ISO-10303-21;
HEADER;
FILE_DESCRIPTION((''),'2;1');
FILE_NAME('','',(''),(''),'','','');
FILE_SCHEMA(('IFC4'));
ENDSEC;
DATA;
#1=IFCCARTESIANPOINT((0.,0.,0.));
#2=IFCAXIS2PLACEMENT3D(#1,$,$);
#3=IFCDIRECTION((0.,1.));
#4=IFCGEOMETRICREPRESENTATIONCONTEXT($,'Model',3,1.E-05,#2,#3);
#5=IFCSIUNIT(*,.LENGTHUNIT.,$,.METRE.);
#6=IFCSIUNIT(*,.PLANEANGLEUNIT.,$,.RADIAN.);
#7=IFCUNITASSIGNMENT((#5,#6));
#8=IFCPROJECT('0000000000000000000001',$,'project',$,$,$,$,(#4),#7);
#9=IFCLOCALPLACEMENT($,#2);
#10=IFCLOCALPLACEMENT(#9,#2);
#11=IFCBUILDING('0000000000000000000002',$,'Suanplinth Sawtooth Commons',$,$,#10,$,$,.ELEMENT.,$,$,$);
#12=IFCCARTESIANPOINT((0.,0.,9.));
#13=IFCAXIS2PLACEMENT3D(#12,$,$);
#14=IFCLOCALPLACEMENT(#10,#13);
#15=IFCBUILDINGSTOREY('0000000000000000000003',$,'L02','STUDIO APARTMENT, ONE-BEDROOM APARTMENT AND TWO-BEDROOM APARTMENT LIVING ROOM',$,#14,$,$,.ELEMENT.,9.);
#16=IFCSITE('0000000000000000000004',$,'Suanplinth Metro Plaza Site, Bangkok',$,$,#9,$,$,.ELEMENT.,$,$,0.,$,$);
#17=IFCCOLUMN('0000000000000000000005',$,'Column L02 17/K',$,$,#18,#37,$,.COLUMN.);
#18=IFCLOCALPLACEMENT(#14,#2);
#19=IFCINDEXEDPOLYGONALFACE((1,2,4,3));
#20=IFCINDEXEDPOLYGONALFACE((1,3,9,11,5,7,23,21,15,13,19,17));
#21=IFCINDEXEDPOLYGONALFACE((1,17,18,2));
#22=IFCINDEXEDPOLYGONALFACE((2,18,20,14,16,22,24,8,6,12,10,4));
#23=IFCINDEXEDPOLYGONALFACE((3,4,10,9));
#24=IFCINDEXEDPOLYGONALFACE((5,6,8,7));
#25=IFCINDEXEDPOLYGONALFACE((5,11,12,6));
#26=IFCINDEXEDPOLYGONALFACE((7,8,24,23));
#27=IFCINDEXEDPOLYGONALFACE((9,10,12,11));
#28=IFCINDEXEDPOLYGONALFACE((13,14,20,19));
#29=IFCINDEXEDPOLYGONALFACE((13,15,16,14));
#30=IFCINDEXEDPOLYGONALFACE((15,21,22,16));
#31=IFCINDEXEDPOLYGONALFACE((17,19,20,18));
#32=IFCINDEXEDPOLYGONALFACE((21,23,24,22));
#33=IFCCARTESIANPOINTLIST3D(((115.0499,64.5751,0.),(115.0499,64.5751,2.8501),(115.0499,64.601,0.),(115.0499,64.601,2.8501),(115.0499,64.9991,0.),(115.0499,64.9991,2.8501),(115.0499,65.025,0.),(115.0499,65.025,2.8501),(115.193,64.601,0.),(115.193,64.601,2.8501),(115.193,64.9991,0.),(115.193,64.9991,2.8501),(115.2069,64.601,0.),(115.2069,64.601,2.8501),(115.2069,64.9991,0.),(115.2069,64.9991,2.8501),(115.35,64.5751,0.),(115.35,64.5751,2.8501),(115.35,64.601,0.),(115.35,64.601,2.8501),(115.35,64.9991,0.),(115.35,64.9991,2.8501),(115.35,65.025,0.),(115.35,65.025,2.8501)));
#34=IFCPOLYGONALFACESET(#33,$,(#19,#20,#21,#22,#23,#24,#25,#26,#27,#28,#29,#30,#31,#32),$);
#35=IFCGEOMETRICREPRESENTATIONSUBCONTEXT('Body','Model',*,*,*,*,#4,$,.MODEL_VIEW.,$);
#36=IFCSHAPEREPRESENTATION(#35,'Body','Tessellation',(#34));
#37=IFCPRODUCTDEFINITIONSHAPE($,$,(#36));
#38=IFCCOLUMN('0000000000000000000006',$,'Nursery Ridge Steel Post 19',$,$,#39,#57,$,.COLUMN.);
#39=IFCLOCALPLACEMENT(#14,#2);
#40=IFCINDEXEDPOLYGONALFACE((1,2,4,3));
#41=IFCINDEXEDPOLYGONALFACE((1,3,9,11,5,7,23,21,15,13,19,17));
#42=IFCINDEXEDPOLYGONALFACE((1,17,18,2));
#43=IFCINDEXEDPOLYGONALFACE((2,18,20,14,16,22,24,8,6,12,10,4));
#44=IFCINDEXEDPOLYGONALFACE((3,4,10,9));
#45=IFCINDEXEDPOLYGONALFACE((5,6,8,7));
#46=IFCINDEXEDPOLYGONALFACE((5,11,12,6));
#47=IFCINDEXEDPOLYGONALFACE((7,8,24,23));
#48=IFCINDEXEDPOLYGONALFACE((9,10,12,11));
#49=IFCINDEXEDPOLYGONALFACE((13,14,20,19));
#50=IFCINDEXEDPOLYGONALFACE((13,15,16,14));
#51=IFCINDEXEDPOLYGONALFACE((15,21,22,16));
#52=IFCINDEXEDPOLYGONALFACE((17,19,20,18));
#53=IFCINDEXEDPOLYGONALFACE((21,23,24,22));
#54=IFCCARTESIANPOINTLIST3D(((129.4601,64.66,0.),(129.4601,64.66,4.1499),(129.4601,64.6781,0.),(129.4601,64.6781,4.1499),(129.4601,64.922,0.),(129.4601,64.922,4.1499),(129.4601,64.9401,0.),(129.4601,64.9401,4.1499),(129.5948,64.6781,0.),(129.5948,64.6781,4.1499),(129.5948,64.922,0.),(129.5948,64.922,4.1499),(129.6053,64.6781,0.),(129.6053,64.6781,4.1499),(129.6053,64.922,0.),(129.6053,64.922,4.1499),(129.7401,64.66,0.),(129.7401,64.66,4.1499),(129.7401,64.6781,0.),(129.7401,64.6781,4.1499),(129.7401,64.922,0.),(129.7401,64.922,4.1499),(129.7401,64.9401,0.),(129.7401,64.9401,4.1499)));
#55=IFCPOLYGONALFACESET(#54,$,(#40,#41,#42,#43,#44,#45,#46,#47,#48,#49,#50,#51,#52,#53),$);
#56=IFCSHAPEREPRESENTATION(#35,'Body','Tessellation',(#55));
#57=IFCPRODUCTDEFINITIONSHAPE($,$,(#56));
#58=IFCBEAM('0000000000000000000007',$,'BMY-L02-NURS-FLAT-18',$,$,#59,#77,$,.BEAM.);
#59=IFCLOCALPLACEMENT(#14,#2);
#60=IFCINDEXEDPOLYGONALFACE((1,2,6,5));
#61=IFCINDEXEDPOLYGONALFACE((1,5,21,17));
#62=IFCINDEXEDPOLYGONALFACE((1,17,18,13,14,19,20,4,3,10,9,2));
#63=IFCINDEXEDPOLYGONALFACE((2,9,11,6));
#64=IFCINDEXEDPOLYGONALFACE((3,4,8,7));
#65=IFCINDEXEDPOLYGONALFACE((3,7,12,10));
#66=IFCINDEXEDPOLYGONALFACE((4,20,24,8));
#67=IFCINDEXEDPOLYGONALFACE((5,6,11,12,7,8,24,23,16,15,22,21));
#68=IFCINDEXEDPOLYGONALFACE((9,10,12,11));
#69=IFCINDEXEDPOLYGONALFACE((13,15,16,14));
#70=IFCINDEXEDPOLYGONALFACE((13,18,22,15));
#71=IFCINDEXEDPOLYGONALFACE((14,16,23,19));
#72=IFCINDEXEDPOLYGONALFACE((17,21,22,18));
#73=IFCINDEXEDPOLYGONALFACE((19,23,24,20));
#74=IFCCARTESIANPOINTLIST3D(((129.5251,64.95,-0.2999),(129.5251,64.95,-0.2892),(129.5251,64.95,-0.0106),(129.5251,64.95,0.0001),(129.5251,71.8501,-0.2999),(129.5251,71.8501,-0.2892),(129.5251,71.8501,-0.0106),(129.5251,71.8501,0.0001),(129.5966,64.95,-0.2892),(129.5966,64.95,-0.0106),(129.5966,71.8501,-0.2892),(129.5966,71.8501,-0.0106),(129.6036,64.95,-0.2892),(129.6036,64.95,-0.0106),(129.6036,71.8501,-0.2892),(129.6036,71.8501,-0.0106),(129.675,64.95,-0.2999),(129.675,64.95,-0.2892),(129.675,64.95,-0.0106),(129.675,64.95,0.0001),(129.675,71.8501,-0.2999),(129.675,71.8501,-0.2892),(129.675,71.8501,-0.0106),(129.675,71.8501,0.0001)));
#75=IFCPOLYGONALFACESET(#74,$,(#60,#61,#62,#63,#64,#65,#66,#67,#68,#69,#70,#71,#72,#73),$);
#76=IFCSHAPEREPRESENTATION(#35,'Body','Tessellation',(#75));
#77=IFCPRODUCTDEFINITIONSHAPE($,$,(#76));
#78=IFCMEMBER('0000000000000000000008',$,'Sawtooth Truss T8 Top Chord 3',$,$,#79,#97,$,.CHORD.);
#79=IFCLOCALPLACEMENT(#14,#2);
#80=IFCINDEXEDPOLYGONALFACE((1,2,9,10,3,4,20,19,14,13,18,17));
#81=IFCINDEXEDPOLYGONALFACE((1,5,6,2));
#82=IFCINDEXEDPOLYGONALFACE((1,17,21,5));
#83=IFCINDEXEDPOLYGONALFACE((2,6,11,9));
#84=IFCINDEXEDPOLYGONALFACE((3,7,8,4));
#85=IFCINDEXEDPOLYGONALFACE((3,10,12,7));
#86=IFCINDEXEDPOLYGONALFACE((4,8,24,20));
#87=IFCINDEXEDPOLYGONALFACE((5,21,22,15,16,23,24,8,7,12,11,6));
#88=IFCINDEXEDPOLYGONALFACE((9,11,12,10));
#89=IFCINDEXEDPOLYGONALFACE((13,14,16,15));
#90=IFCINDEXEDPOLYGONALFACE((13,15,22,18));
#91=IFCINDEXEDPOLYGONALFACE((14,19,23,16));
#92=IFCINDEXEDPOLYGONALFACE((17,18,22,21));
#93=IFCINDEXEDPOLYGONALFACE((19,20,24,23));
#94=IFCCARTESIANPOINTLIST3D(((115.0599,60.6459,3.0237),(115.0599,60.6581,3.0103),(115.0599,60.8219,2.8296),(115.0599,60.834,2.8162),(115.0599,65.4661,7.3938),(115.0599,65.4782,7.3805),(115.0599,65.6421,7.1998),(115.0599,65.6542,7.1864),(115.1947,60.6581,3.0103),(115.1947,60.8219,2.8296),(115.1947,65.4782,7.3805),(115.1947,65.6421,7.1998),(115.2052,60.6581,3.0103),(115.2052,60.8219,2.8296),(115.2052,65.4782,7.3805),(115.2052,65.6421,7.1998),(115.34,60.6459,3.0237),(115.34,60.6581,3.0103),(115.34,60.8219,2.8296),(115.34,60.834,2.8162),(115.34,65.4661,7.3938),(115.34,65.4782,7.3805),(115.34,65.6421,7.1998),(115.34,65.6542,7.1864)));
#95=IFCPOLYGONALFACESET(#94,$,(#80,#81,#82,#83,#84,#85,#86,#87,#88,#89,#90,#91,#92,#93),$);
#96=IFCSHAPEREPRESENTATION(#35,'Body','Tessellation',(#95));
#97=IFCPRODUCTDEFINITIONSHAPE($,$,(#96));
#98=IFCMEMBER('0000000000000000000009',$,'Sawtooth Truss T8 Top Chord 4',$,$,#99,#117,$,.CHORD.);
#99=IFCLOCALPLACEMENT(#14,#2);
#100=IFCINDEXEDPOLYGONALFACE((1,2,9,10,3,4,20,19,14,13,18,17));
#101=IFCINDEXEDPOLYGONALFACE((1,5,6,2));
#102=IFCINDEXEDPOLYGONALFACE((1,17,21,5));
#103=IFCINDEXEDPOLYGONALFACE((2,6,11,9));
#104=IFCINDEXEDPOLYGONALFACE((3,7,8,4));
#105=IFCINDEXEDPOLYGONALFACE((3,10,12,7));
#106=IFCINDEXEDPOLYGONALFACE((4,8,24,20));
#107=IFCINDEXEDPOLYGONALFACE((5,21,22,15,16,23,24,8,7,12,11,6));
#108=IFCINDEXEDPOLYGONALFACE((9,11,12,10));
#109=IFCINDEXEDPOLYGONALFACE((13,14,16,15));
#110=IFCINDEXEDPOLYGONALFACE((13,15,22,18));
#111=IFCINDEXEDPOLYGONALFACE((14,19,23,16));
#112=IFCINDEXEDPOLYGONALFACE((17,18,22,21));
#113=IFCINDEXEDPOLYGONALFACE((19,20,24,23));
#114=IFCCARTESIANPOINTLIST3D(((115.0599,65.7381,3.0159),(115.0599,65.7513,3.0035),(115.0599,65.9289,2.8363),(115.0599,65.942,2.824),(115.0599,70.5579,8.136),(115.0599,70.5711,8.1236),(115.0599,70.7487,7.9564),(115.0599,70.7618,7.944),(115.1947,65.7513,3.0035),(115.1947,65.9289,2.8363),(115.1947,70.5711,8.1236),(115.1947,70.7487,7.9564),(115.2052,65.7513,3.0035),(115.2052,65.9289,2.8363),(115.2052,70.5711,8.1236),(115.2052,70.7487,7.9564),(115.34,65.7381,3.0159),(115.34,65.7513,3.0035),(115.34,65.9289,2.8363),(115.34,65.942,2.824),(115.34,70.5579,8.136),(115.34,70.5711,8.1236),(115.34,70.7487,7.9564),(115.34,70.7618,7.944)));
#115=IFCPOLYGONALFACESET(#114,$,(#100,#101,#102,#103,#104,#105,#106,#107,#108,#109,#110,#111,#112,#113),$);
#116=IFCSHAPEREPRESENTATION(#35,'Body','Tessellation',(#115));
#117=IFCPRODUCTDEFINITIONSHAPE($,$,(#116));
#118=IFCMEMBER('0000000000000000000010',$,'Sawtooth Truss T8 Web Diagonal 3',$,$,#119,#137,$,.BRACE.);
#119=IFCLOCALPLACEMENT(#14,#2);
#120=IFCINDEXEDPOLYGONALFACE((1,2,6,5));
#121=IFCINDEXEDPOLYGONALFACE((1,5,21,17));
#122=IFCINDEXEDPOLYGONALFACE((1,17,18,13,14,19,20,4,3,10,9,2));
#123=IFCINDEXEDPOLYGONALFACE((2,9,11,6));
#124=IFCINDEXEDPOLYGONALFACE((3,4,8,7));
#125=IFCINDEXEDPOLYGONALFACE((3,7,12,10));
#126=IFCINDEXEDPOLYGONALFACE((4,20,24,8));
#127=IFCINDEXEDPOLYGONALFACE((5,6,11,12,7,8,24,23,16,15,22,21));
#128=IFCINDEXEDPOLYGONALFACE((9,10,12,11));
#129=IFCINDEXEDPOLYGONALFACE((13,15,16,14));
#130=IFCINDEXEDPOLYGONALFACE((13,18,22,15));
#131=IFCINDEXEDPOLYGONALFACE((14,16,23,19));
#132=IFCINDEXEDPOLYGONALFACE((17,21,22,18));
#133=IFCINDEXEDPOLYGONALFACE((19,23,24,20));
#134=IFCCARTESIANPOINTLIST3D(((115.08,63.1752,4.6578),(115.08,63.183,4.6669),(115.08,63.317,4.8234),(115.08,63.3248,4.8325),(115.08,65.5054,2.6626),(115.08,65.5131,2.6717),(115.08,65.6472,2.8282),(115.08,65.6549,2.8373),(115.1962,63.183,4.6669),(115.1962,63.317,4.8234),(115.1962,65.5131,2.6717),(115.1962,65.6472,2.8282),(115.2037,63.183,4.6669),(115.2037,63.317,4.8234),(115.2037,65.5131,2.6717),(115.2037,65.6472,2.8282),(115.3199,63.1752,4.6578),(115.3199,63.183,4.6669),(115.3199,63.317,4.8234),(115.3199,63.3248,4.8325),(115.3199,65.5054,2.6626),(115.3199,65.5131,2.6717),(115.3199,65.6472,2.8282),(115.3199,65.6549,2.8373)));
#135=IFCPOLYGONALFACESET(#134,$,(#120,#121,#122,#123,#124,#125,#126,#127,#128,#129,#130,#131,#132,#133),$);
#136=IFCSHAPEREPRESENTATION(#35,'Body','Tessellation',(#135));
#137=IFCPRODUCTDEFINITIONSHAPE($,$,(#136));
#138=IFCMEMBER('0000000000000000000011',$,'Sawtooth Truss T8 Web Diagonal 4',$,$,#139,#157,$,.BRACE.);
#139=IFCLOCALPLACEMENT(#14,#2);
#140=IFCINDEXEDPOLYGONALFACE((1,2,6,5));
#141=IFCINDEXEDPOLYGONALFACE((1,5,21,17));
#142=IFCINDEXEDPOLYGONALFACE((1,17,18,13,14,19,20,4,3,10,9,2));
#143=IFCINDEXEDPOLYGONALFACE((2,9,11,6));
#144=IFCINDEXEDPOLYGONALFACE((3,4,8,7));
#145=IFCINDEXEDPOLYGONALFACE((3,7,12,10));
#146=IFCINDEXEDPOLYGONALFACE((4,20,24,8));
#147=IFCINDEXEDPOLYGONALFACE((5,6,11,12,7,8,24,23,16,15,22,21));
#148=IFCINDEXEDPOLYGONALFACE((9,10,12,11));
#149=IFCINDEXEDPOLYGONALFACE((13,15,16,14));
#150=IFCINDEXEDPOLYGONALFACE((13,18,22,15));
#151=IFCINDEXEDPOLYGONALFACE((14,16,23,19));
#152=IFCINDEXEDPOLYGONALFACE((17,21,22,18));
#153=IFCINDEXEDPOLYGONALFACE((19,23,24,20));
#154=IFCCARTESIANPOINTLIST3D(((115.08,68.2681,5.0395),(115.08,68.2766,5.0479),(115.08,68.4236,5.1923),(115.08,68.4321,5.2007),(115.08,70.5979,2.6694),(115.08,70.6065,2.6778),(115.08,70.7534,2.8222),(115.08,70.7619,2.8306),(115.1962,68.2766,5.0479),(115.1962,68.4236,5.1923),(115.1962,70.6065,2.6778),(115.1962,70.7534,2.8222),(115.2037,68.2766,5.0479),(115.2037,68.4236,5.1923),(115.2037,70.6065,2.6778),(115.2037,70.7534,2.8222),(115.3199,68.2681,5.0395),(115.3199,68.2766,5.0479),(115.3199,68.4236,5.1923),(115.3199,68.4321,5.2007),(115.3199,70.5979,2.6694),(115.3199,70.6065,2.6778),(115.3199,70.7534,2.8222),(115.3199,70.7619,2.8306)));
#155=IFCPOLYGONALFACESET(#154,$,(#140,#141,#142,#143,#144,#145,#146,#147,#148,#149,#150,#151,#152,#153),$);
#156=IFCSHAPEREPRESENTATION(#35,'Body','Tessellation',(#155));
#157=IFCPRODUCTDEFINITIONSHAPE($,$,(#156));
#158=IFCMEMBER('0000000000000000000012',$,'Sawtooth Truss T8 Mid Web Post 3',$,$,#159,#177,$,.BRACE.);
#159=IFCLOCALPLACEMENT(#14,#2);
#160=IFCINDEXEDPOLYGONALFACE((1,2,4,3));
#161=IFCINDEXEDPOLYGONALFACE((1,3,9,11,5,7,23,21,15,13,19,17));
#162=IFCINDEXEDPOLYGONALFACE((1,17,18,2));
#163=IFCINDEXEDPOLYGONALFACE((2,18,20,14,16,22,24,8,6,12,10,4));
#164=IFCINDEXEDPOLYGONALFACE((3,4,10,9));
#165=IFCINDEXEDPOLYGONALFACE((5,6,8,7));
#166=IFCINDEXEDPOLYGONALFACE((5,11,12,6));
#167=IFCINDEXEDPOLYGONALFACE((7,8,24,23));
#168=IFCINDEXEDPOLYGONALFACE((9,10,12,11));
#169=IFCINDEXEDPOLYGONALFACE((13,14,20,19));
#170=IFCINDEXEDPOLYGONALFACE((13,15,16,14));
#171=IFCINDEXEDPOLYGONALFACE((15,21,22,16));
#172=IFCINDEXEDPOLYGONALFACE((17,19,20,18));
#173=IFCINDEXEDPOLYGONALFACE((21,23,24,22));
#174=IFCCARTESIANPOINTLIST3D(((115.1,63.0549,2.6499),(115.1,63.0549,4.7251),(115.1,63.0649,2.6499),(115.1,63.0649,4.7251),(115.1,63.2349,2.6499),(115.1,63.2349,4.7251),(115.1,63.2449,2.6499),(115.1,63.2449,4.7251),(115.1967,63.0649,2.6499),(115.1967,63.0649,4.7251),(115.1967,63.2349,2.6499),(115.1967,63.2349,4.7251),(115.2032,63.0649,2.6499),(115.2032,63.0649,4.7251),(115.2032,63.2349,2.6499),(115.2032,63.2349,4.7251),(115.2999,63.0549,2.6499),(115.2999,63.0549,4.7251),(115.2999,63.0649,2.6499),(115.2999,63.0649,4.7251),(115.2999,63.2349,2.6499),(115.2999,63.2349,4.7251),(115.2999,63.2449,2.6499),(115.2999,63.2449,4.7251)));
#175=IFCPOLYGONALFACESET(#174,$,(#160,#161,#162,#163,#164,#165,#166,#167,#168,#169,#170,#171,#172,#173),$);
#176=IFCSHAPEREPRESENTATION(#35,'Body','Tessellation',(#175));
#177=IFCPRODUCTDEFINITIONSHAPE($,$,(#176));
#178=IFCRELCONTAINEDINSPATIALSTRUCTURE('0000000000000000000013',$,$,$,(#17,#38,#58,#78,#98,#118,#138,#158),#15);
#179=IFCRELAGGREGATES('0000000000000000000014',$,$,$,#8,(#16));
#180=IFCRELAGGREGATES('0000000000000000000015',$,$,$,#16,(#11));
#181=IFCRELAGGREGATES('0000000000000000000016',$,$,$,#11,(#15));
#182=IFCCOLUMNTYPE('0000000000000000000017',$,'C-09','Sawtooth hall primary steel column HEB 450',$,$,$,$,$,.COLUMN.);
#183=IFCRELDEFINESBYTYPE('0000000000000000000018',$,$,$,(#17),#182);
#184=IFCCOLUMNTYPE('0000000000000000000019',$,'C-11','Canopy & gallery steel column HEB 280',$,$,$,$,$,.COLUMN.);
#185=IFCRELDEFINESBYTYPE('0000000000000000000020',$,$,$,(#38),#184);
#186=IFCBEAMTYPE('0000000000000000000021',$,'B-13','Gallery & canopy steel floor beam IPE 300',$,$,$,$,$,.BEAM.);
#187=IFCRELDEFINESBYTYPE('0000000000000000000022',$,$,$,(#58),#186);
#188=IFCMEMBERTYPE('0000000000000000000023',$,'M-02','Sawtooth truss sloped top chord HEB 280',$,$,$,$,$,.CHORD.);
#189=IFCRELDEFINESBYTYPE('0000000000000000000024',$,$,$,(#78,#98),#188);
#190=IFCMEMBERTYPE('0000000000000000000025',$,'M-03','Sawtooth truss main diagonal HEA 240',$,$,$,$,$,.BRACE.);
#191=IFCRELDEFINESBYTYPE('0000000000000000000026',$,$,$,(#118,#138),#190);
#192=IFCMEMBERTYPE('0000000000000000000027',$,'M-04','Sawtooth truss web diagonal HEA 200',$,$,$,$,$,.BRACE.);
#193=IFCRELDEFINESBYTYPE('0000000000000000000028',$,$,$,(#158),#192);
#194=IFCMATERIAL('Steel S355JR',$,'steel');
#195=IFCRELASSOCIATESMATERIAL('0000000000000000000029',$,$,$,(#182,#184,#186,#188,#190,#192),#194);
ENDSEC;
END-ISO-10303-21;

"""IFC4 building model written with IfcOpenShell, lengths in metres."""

from ifc_helpers import new_model, si_unit, direction, frame, origin, origin_2d, place, context, subcontext, project, spatial, i_section, extrude, material, material_profile, profile_set, type_object, element, save


model = new_model("IFC4")

# Units and contexts
model_context = context("Model", 3, precision=1e-05, world=origin(), true_north=direction((0.0, 1.0)))
body_context = subcontext(model_context, "Body", "Model", "MODEL_VIEW")
ifc_project = project(units=[si_unit("LENGTHUNIT", "METRE"), si_unit("PLANEANGLEUNIT", "RADIAN")], contexts=[model_context])

# Site, building, storey
site_placement = place(None, origin())
site = spatial("IfcSite", under=ifc_project, at=site_placement, Name="Suanplinth Metro Plaza Site, Bangkok", CompositionType="ELEMENT", RefElevation=0.0)
building_placement = place(site_placement, origin())
building = spatial("IfcBuilding", under=site, at=building_placement, Name="Suanplinth Sawtooth Commons", CompositionType="ELEMENT")
storey_placement = place(building_placement, frame((0.0, 0.0, 9.0)))
storey = spatial("IfcBuildingStorey", under=building, at=storey_placement, Name="L02", Description="STUDIO APARTMENT, ONE-BEDROOM APARTMENT AND TWO-BEDROOM APARTMENT LIVING ROOM", CompositionType="ELEMENT", Elevation=9.0)

# Columns
ifc_material_1 = material(Name="Steel S355JR", Category="steel")
ifc_material_profile_1 = material_profile(ifc_material_1, i_section(OverallWidth=0.3, OverallDepth=0.45, WebThickness=0.0139, FlangeThickness=0.0259, at=origin_2d()), Name="HEB 450")
ifc_profile_set_1 = profile_set([ifc_material_profile_1], Name="Steel S355JR")
column_type_1 = type_object("IfcColumnType", Name="C-09", Description="Sawtooth hall primary steel column HEB 450", PredefinedType="COLUMN", material=ifc_profile_set_1)
column_1_placement = place(storey_placement, frame((115.2, 64.8, 0.0), z_axis=(0.0, 0.0, 1.0), x_axis=(1.0, 0.0, 0.0)))
element("IfcColumn", 1, at=column_1_placement, inside=storey, type_object=column_type_1, Name="Column L02 17/K", PredefinedType="COLUMN", context=body_context, shape_type="SweptSolid", body=[
    extrude(i_section(OverallWidth=0.3, OverallDepth=0.45, WebThickness=0.0139, FlangeThickness=0.0259, at=origin_2d()), origin(), (0.0, 0.0, 1.0), 2.8501),
])
ifc_material_profile_2 = material_profile(ifc_material_1, i_section(OverallWidth=0.28, OverallDepth=0.28, WebThickness=0.0105, FlangeThickness=0.0181, at=origin_2d()), Name="HEB 280")
ifc_profile_set_2 = profile_set([ifc_material_profile_2], Name="Steel S355JR")
column_type_2 = type_object("IfcColumnType", Name="C-11", Description="Canopy & gallery steel column HEB 280", PredefinedType="COLUMN", material=ifc_profile_set_2)
column_2_placement = place(storey_placement, frame((129.6001, 64.8, 0.0), z_axis=(0.0, 0.0, 1.0), x_axis=(1.0, 0.0, 0.0)))
element("IfcColumn", 2, at=column_2_placement, inside=storey, type_object=column_type_2, Name="Nursery Ridge Steel Post 19", PredefinedType="COLUMN", context=body_context, shape_type="SweptSolid", body=[
    extrude(i_section(OverallWidth=0.28, OverallDepth=0.28, WebThickness=0.0105, FlangeThickness=0.0181, at=origin_2d()), origin(), (0.0, 0.0, 1.0), 4.1499),
])

# Beam
ifc_material_profile_3 = material_profile(ifc_material_1, i_section(OverallWidth=0.1499, OverallDepth=0.3, WebThickness=0.0071, FlangeThickness=0.0107, at=origin_2d()), Name="IPE 300")
ifc_profile_set_3 = profile_set([ifc_material_profile_3], Name="Steel S355JR")
beam_type = type_object("IfcBeamType", Name="B-13", Description="Gallery & canopy steel floor beam IPE 300", PredefinedType="BEAM", material=ifc_profile_set_3)
beam_placement = place(storey_placement, frame((129.6001, 64.95, -0.1499), z_axis=(0.0, 1.0, 0.0), x_axis=(-1.0, 0.0, 0.0)))
element("IfcBeam", 3, at=beam_placement, inside=storey, type_object=beam_type, Name="BMY-L02-NURS-FLAT-18", PredefinedType="BEAM", context=body_context, shape_type="SweptSolid", body=[
    extrude(i_section(OverallWidth=0.1499, OverallDepth=0.3, WebThickness=0.0071, FlangeThickness=0.0107, at=origin_2d()), origin(), (0.0, 0.0, 1.0), 6.9001),
])

# Members
ifc_material_profile_4 = material_profile(ifc_material_1, i_section(OverallWidth=0.28, OverallDepth=0.28, WebThickness=0.0105, FlangeThickness=0.0181, at=origin_2d()), Name="HEB 280")
ifc_profile_set_4 = profile_set([ifc_material_profile_4], Name="Steel S355JR")
member_type_1 = type_object("IfcMemberType", Name="M-02", Description="Sawtooth truss sloped top chord HEB 280", PredefinedType="CHORD", material=ifc_profile_set_4)
member_1_placement = place(storey_placement, frame((115.2, 60.74, 2.9199), z_axis=(0.0, 0.740839, 0.671682), x_axis=(-1.0, 0.0, 0.0)))
element("IfcMember", 4, at=member_1_placement, inside=storey, type_object=member_type_1, Name="Sawtooth Truss T8 Top Chord 3", PredefinedType="CHORD", context=body_context, shape_type="SweptSolid", body=[
    extrude(i_section(OverallWidth=0.28, OverallDepth=0.28, WebThickness=0.0105, FlangeThickness=0.0181, at=origin_2d()), origin(), (0.0, 0.0, 1.0), 6.5063),
])
member_2_placement = place(storey_placement, frame((115.2, 65.8401, 2.9199), z_axis=(0.0, 0.685432, 0.728137), x_axis=(-1.0, 0.0, 0.0)))
element("IfcMember", 5, at=member_2_placement, inside=storey, type_object=member_type_1, Name="Sawtooth Truss T8 Top Chord 4", PredefinedType="CHORD", context=body_context, shape_type="SweptSolid", body=[
    extrude(i_section(OverallWidth=0.28, OverallDepth=0.28, WebThickness=0.0105, FlangeThickness=0.0181, at=origin_2d()), origin(), (0.0, 0.0, 1.0), 7.0317),
])
ifc_material_profile_5 = material_profile(ifc_material_1, i_section(OverallWidth=0.24, OverallDepth=0.23, WebThickness=0.0076, FlangeThickness=0.012, at=origin_2d()), Name="HEA 240")
ifc_profile_set_5 = profile_set([ifc_material_profile_5], Name="Steel S355JR")
member_type_2 = type_object("IfcMemberType", Name="M-03", Description="Sawtooth truss main diagonal HEA 240", PredefinedType="BRACE", material=ifc_profile_set_5)
member_3_placement = place(storey_placement, frame((115.2, 63.25, 4.7451), z_axis=(0.0, 0.759594, -0.650398), x_axis=(-1.0, 0.0, 0.0)))
element("IfcMember", 6, at=member_3_placement, inside=storey, type_object=member_type_2, Name="Sawtooth Truss T8 Web Diagonal 3", PredefinedType="BRACE", context=body_context, shape_type="SweptSolid", body=[
    extrude(i_section(OverallWidth=0.24, OverallDepth=0.23, WebThickness=0.0076, FlangeThickness=0.012, at=origin_2d()), origin(), (0.0, 0.0, 1.0), 3.0676),
])
member_4_placement = place(storey_placement, frame((115.2, 68.3501, 5.1201), z_axis=(0.0, 0.70102, -0.713141), x_axis=(-1.0, 0.0, 0.0)))
element("IfcMember", 7, at=member_4_placement, inside=storey, type_object=member_type_2, Name="Sawtooth Truss T8 Web Diagonal 4", PredefinedType="BRACE", context=body_context, shape_type="SweptSolid", body=[
    extrude(i_section(OverallWidth=0.24, OverallDepth=0.23, WebThickness=0.0076, FlangeThickness=0.012, at=origin_2d()), origin(), (0.0, 0.0, 1.0), 3.3235),
])
ifc_material_profile_6 = material_profile(ifc_material_1, i_section(OverallWidth=0.2, OverallDepth=0.1899, WebThickness=0.0066, FlangeThickness=0.01, at=origin_2d()), Name="HEA 200")
ifc_profile_set_6 = profile_set([ifc_material_profile_6], Name="Steel S355JR")
member_type_3 = type_object("IfcMemberType", Name="M-04", Description="Sawtooth truss web diagonal HEA 200", PredefinedType="BRACE", material=ifc_profile_set_6)
member_5_placement = place(storey_placement, frame((115.2, 63.1499, 2.6499), z_axis=(0.0, 0.0, 1.0), x_axis=(1.0, 0.0, 0.0)))
element("IfcMember", 8, at=member_5_placement, inside=storey, type_object=member_type_3, Name="Sawtooth Truss T8 Mid Web Post 3", PredefinedType="BRACE", context=body_context, shape_type="SweptSolid", body=[
    extrude(i_section(OverallWidth=0.2, OverallDepth=0.1899, WebThickness=0.0066, FlangeThickness=0.01, at=origin_2d()), origin(), (0.0, 0.0, 1.0), 2.0752),
])

save(model, "model.ifc")
